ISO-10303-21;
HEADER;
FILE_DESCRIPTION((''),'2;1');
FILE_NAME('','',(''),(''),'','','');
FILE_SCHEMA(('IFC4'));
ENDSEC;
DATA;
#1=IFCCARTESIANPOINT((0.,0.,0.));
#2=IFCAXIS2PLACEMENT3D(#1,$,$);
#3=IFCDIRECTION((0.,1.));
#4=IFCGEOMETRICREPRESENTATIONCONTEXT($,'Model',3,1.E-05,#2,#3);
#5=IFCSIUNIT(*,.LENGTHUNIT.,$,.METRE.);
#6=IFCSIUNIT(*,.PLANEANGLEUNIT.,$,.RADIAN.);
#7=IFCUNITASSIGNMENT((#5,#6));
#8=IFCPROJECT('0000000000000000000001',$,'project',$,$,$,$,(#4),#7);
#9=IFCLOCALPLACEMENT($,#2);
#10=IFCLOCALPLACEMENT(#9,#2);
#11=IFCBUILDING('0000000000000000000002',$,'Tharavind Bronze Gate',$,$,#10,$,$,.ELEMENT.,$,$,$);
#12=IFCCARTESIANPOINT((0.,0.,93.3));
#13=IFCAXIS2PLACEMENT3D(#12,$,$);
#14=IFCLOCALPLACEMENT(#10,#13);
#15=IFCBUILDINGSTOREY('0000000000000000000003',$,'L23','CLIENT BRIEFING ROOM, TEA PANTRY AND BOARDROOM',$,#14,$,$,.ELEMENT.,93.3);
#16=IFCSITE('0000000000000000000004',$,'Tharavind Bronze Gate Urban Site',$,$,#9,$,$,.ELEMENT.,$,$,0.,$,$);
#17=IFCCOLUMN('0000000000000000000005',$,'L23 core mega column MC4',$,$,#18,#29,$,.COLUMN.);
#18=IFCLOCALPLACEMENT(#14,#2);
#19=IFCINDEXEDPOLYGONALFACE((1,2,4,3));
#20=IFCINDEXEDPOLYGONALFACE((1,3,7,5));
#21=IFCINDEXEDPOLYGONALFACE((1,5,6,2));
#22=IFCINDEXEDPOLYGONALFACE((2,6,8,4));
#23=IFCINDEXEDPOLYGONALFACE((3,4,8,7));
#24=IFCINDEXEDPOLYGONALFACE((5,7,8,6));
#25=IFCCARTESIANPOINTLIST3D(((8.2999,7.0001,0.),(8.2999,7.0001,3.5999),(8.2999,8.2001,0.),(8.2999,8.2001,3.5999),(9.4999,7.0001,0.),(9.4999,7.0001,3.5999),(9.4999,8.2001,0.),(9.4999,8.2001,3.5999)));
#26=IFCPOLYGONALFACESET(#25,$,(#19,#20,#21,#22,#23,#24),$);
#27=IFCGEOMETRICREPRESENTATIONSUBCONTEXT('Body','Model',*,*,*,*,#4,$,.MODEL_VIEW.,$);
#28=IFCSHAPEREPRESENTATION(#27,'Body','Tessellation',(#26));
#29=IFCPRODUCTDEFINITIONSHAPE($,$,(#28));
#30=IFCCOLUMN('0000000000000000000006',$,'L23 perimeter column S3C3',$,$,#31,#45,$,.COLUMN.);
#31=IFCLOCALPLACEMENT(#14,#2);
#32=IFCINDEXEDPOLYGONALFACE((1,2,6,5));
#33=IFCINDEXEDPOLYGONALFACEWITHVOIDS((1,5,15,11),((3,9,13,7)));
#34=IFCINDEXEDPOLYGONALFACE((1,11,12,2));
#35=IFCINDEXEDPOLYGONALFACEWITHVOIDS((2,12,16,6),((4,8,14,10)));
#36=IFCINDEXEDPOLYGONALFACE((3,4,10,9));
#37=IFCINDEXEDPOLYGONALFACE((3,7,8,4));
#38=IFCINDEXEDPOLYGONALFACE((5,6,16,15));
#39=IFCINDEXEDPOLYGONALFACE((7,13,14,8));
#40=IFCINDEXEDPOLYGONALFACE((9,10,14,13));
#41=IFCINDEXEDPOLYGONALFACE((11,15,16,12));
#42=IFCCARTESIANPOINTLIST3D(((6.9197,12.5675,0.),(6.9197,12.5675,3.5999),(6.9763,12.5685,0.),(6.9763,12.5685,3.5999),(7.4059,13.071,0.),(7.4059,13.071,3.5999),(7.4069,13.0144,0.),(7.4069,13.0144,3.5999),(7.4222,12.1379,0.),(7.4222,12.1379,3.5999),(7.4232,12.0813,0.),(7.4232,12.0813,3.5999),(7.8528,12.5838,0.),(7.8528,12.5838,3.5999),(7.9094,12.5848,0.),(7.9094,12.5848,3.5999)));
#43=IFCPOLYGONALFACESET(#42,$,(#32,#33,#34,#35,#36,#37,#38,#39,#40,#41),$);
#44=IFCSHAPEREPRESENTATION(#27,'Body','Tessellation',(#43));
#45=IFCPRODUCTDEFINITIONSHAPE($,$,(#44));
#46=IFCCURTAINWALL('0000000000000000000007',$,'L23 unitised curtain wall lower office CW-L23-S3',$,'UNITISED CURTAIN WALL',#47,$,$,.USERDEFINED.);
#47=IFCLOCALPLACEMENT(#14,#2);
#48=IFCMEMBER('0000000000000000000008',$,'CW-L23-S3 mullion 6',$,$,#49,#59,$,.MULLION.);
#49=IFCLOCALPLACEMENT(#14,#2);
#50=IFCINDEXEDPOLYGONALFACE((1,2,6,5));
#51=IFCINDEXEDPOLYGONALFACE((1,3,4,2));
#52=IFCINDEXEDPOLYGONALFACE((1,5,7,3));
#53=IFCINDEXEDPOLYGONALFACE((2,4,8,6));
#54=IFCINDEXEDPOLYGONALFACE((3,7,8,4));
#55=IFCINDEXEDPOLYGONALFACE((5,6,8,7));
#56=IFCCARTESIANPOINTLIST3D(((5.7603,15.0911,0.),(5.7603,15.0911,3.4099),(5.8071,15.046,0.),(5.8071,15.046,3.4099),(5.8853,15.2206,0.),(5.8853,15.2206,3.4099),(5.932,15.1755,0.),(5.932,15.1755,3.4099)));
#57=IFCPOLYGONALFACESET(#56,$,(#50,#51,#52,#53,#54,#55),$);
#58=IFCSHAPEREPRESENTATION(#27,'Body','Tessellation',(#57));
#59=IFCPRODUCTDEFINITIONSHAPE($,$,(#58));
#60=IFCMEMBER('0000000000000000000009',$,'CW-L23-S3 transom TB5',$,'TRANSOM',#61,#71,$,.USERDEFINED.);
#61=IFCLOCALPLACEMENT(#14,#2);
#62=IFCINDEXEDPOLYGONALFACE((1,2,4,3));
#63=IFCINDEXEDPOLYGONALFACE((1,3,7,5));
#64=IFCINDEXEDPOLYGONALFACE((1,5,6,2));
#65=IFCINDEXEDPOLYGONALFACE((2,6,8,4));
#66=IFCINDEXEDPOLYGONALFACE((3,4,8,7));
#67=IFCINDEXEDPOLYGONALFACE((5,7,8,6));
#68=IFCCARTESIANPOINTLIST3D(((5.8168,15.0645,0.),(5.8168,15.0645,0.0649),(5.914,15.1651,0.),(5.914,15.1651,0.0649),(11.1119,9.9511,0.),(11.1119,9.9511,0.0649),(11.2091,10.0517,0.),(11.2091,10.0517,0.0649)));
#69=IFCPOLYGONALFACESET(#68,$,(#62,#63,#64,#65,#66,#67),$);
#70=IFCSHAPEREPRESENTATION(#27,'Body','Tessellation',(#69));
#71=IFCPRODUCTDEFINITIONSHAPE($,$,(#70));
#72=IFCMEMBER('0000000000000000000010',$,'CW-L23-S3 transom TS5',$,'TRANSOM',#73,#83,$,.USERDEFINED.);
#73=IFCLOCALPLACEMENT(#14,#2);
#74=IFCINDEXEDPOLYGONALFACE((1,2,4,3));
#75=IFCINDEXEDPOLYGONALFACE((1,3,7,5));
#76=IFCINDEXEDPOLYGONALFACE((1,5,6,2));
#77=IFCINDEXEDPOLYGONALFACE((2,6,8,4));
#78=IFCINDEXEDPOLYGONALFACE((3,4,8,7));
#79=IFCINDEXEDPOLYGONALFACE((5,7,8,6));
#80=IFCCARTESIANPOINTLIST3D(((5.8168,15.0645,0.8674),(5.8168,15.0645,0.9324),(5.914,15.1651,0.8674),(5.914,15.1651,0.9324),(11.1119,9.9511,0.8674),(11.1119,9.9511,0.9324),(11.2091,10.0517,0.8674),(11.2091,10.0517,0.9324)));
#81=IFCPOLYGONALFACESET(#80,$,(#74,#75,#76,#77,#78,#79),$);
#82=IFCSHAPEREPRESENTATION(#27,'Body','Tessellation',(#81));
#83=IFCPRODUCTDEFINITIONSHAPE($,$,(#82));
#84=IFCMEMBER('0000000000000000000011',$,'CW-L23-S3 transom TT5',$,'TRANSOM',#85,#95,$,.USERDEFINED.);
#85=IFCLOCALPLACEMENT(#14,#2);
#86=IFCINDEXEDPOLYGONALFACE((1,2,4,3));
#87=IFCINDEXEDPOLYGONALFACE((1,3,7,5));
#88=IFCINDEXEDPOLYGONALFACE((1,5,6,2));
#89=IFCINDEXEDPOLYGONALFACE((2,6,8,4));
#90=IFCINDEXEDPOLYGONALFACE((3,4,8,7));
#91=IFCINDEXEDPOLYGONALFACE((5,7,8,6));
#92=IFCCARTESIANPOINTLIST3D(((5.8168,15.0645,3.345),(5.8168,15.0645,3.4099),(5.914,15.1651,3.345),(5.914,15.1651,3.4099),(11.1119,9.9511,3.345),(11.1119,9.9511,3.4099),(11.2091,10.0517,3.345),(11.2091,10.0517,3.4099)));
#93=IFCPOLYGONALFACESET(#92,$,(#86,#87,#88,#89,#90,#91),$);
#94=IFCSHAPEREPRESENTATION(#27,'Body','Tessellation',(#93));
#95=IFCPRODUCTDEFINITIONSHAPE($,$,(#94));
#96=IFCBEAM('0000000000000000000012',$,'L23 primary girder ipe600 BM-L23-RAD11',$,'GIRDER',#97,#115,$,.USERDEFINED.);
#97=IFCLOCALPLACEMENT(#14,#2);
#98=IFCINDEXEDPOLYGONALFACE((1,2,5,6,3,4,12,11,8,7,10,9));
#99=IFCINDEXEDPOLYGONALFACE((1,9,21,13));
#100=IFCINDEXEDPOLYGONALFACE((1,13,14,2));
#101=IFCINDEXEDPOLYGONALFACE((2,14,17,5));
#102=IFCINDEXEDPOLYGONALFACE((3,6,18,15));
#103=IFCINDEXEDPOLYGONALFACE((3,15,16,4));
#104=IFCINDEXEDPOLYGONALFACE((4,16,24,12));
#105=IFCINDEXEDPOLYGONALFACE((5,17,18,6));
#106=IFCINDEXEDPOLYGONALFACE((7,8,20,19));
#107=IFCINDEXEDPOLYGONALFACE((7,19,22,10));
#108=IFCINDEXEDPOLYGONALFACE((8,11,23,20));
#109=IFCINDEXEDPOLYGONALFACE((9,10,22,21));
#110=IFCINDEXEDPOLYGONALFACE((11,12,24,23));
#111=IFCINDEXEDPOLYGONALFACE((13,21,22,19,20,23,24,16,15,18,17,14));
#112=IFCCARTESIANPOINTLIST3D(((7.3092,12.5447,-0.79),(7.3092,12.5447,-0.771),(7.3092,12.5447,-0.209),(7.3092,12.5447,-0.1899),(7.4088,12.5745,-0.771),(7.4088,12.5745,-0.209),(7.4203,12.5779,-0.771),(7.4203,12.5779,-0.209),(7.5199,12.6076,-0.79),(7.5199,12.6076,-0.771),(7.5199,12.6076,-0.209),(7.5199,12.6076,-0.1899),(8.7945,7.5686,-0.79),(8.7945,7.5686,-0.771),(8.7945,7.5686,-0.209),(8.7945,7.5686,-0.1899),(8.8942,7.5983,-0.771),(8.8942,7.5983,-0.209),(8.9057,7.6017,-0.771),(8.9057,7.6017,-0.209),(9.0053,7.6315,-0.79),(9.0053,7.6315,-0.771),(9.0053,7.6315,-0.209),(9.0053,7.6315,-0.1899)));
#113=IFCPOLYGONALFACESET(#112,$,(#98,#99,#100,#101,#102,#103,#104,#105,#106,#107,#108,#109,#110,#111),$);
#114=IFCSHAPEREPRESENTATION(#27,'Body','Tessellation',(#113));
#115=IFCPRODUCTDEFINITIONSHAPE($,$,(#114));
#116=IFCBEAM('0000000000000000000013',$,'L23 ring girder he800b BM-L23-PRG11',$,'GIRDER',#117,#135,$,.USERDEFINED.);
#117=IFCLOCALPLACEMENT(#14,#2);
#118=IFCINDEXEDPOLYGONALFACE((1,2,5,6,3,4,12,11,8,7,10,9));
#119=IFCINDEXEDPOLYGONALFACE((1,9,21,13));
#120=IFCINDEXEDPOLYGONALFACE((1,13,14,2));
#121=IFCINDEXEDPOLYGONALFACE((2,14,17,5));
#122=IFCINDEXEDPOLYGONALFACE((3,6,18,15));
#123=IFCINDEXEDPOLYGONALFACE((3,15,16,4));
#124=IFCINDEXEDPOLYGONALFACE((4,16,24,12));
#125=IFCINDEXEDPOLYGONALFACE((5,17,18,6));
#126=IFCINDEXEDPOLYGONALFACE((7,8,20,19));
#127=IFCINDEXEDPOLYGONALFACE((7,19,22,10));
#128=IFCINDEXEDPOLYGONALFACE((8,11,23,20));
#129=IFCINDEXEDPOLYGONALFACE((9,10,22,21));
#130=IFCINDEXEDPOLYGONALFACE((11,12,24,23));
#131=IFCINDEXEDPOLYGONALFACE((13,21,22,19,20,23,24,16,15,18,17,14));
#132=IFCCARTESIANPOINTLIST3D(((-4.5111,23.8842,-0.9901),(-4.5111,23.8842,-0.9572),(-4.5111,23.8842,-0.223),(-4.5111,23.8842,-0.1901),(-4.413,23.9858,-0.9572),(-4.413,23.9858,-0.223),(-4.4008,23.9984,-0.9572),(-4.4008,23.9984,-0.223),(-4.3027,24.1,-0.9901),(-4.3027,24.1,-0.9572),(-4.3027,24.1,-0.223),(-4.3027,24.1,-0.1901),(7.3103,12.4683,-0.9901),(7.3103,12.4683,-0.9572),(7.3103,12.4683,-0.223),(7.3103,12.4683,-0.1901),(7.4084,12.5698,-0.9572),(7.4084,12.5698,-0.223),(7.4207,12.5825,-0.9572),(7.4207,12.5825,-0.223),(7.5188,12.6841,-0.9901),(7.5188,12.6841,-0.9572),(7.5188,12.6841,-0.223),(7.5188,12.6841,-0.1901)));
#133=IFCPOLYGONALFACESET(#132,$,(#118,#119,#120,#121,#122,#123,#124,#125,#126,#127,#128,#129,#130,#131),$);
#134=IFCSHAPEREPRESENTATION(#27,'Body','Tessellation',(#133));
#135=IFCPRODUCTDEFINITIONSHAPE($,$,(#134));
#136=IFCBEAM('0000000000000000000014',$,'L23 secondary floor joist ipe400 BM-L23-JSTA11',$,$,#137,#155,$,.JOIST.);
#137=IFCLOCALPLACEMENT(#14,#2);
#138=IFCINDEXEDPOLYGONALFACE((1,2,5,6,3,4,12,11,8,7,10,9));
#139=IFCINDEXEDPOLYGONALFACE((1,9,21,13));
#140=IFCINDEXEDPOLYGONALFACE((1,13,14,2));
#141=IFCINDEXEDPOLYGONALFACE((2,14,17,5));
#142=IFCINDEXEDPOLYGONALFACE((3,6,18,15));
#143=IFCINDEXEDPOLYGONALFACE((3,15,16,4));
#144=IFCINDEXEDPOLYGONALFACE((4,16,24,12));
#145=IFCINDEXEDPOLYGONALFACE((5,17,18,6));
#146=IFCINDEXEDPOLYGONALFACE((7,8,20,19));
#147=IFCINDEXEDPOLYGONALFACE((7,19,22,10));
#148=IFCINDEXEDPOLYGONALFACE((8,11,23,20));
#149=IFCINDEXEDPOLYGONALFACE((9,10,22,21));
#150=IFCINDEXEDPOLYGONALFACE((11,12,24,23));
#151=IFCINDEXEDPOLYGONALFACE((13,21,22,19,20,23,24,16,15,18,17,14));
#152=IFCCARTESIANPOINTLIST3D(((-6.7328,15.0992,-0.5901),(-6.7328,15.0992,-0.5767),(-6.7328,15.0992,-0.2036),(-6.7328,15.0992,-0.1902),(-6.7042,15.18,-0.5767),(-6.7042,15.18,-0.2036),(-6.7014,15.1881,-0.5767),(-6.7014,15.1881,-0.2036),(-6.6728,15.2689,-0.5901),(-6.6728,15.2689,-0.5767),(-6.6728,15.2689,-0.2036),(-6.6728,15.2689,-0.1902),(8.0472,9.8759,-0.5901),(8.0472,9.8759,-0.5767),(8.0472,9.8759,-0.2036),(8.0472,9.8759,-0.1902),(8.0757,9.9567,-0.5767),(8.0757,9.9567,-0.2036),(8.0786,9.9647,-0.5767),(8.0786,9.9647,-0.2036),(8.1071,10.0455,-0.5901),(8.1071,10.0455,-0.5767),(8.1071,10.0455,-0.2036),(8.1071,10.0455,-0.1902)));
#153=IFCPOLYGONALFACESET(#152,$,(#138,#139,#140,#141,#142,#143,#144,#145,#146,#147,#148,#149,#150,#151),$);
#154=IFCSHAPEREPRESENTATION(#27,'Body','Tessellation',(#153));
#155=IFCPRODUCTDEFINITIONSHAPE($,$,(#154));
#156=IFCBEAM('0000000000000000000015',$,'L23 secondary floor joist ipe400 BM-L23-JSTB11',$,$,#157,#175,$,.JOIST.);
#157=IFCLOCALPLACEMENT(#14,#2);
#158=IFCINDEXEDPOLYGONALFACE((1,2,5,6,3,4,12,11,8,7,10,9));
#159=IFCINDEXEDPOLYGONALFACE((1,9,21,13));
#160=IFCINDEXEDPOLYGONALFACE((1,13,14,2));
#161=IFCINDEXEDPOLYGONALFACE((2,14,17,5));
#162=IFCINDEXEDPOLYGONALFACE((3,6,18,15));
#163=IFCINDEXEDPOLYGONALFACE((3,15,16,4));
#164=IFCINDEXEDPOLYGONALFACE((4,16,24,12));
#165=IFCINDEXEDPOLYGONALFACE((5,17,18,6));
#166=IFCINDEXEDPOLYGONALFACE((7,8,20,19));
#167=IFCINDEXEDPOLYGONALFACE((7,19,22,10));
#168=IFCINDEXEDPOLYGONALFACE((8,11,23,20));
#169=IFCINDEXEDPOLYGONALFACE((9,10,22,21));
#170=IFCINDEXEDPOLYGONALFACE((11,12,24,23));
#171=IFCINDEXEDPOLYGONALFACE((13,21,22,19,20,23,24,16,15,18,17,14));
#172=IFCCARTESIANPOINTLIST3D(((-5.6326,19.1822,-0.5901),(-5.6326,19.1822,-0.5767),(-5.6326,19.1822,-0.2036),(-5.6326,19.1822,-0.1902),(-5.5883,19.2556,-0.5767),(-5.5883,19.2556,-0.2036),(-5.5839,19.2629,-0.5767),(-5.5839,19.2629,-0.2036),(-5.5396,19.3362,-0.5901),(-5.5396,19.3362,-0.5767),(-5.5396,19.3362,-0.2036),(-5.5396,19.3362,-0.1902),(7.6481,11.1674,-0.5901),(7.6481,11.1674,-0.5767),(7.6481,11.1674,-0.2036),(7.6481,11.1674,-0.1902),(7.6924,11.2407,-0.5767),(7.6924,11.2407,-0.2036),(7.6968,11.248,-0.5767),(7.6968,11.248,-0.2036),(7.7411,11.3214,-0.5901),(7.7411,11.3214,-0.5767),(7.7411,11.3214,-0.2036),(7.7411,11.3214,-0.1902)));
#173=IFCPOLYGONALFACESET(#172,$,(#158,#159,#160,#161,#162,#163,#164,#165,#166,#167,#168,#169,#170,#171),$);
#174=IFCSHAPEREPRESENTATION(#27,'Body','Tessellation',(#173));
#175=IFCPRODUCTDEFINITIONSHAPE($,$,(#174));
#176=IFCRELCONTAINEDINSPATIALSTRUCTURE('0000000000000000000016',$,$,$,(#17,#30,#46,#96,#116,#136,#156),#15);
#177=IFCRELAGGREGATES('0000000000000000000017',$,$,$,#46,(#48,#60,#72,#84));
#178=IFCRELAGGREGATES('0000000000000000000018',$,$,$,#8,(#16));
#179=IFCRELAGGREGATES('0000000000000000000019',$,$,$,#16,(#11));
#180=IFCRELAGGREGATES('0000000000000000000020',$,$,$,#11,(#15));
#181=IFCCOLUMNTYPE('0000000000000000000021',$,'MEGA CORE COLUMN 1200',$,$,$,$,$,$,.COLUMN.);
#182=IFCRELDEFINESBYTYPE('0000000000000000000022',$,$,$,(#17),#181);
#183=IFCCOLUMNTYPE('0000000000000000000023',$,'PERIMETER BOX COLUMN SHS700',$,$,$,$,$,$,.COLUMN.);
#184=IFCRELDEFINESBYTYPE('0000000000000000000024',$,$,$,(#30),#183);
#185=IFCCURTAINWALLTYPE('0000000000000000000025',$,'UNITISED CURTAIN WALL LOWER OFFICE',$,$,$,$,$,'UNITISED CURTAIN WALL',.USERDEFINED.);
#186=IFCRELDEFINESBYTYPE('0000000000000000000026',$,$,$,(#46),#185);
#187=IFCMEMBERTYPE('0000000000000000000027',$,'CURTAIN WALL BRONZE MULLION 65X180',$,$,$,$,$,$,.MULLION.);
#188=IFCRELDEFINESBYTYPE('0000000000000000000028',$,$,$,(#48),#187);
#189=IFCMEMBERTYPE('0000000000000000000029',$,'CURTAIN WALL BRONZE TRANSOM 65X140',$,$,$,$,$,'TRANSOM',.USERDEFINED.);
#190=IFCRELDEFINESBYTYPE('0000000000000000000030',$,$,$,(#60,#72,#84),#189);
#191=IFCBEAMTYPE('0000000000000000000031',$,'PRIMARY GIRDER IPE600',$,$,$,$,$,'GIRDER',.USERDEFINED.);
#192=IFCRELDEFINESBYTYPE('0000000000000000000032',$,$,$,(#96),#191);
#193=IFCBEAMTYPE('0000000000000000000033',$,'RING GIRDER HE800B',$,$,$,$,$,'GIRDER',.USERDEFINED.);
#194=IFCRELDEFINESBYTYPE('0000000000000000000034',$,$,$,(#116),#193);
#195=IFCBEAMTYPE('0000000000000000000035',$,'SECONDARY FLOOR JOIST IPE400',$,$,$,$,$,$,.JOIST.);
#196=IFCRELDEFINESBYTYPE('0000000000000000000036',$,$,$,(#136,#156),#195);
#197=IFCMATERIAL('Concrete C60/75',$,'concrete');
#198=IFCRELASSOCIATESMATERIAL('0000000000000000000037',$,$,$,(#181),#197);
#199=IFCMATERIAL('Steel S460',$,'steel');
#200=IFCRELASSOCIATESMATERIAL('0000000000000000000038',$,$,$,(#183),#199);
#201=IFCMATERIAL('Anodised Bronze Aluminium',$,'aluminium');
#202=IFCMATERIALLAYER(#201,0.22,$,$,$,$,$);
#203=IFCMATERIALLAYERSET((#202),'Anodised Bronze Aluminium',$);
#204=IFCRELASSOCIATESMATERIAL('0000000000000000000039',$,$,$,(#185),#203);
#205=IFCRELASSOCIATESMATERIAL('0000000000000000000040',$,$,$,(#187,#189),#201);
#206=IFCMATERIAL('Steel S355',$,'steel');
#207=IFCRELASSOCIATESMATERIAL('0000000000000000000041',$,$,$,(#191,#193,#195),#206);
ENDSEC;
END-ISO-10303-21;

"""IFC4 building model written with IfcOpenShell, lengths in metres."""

from ifc_helpers import new_model, si_unit, direction, frame, origin, origin_2d, place, context, subcontext, project, spatial, rectangle, hollow_rectangle, i_section, extrude, material, layer, layer_set, material_profile, profile_set, type_object, element, aggregate, save


model = new_model("IFC4")

# Units and contexts
model_context = context("Model", 3, precision=1e-05, world=origin(), true_north=direction((0.0, 1.0)))
body_context = subcontext(model_context, "Body", "Model", "MODEL_VIEW")
ifc_project = project(units=[si_unit("LENGTHUNIT", "METRE"), si_unit("PLANEANGLEUNIT", "RADIAN")], contexts=[model_context])

# Site, building, storey
site_placement = place(None, origin())
site = spatial("IfcSite", under=ifc_project, at=site_placement, Name="Tharavind Bronze Gate Urban Site", CompositionType="ELEMENT", RefElevation=0.0)
building_placement = place(site_placement, origin())
building = spatial("IfcBuilding", under=site, at=building_placement, Name="Tharavind Bronze Gate", CompositionType="ELEMENT")
storey_placement = place(building_placement, frame((0.0, 0.0, 93.3)))
storey = spatial("IfcBuildingStorey", under=building, at=storey_placement, Name="L23", Description="CLIENT BRIEFING ROOM, TEA PANTRY AND BOARDROOM", CompositionType="ELEMENT", Elevation=93.3)

# Columns
ifc_material_1 = material(Name="Concrete C60/75", Category="concrete")
ifc_material_profile_1 = material_profile(ifc_material_1, rectangle(XDim=1.2, YDim=1.2, at=origin_2d()), Name="RCCOL1200")
ifc_profile_set_1 = profile_set([ifc_material_profile_1], Name="Concrete C60/75")
column_type_1 = type_object("IfcColumnType", Name="MEGA CORE COLUMN 1200", PredefinedType="COLUMN", material=ifc_profile_set_1)
column_1_placement = place(storey_placement, frame((8.8999, 7.6001, 0.0), z_axis=(0.0, 0.0, 1.0), x_axis=(1.0, 0.0, 0.0)))
element("IfcColumn", 1, at=column_1_placement, inside=storey, type_object=column_type_1, Name="L23 core mega column MC4", PredefinedType="COLUMN", context=body_context, shape_type="SweptSolid", body=[
    extrude(rectangle(XDim=1.2, YDim=1.2, at=origin_2d()), origin(), (0.0, 0.0, 1.0), 3.5999),
])
ifc_material_2 = material(Name="Steel S460", Category="steel")
ifc_material_profile_2 = material_profile(ifc_material_2, hollow_rectangle(XDim=0.7, YDim=0.7, WallThickness=0.04, at=origin_2d()), Name="SHS700X40")
ifc_profile_set_2 = profile_set([ifc_material_profile_2], Name="Steel S460")
column_type_2 = type_object("IfcColumnType", Name="PERIMETER BOX COLUMN SHS700", PredefinedType="COLUMN", material=ifc_profile_set_2)
column_2_placement = place(storey_placement, frame((7.4146, 12.5762, 0.0), z_axis=(0.0, 0.0, 1.0), x_axis=(-0.71934, 0.694658, 0.0)))
element("IfcColumn", 2, at=column_2_placement, inside=storey, type_object=column_type_2, Name="L23 perimeter column S3C3", PredefinedType="COLUMN", context=body_context, shape_type="SweptSolid", body=[
    extrude(hollow_rectangle(XDim=0.7, YDim=0.7, WallThickness=0.04, at=origin_2d()), origin(), (0.0, 0.0, 1.0), 3.5999),
])

# Curtain wall, members
ifc_material_3 = material(Name="Anodised Bronze Aluminium", Category="aluminium")
ifc_layer_1 = layer(ifc_material_3, 0.22)
ifc_layer_set_1 = layer_set([ifc_layer_1], Name="Anodised Bronze Aluminium")
curtain_wall_type = type_object("IfcCurtainWallType", Name="UNITISED CURTAIN WALL LOWER OFFICE", ElementType="UNITISED CURTAIN WALL", PredefinedType="USERDEFINED", material=ifc_layer_set_1)
curtain_wall_placement = place(storey_placement, origin())
curtain_wall = element("IfcCurtainWall", 3, at=curtain_wall_placement, inside=storey, type_object=curtain_wall_type, Name="L23 unitised curtain wall lower office CW-L23-S3", ObjectType="UNITISED CURTAIN WALL", PredefinedType="USERDEFINED")
member_type_1 = type_object("IfcMemberType", Name="CURTAIN WALL BRONZE MULLION 65X180", PredefinedType="MULLION", material=ifc_material_3)
member_1_placement = place(storey_placement, frame((5.8462, 15.1333, 0.0), z_axis=(0.0, 0.0, 1.0), x_axis=(-0.719341, 0.694657, 0.0)))
member_1 = element("IfcMember", 4, at=member_1_placement, type_object=member_type_1, Name="CW-L23-S3 mullion 6", PredefinedType="MULLION", context=body_context, shape_type="SweptSolid", body=[
    extrude(rectangle(XDim=0.0649, YDim=0.1799, at=origin_2d()), origin(), (0.0, 0.0, 1.0), 3.4099),
])
member_type_2 = type_object("IfcMemberType", Name="CURTAIN WALL BRONZE TRANSOM 65X140", ElementType="TRANSOM", PredefinedType="USERDEFINED", material=ifc_material_3)
member_2_placement = place(storey_placement, frame((8.5129, 12.5581, 0.0), z_axis=(0.0, 0.0, 1.0), x_axis=(-0.719341, 0.694657, 0.0)))
member_2 = element("IfcMember", 5, at=member_2_placement, type_object=member_type_2, Name="CW-L23-S3 transom TB5", ObjectType="TRANSOM", PredefinedType="USERDEFINED", context=body_context, shape_type="SweptSolid", body=[
    extrude(rectangle(XDim=7.3611, YDim=0.1399, at=origin_2d()), origin(), (0.0, 0.0, 1.0), 0.0649),
])
member_3_placement = place(storey_placement, frame((8.5129, 12.5581, 0.8674), z_axis=(0.0, 0.0, 1.0), x_axis=(-0.719341, 0.694657, 0.0)))
member_3 = element("IfcMember", 6, at=member_3_placement, type_object=member_type_2, Name="CW-L23-S3 transom TS5", ObjectType="TRANSOM", PredefinedType="USERDEFINED", context=body_context, shape_type="SweptSolid", body=[
    extrude(rectangle(XDim=7.3611, YDim=0.1399, at=origin_2d()), origin(), (0.0, 0.0, 1.0), 0.0649),
])
member_4_placement = place(storey_placement, frame((8.5129, 12.5581, 3.345), z_axis=(0.0, 0.0, 1.0), x_axis=(-0.719341, 0.694657, 0.0)))
member_4 = element("IfcMember", 7, at=member_4_placement, type_object=member_type_2, Name="CW-L23-S3 transom TT5", ObjectType="TRANSOM", PredefinedType="USERDEFINED", context=body_context, shape_type="SweptSolid", body=[
    extrude(rectangle(XDim=7.3611, YDim=0.1399, at=origin_2d()), origin(), (0.0, 0.0, 1.0), 0.0649),
])

# Beams
ifc_material_4 = material(Name="Steel S355", Category="steel")
ifc_material_profile_3 = material_profile(ifc_material_4, i_section(OverallWidth=0.22, OverallDepth=0.6001, WebThickness=0.012, FlangeThickness=0.019, at=origin_2d()), Name="IPE600")
ifc_profile_set_3 = profile_set([ifc_material_profile_3], Name="Steel S355")
beam_type_1 = type_object("IfcBeamType", Name="PRIMARY GIRDER IPE600", ElementType="GIRDER", PredefinedType="USERDEFINED", material=ifc_profile_set_3)
beam_1_placement = place(storey_placement, frame((7.4146, 12.5762, -0.49), z_axis=(0.286028, -0.958221, 0.0), x_axis=(0.958221, 0.286028, 0.0)))
element("IfcBeam", 8, at=beam_1_placement, inside=storey, type_object=beam_type_1, Name="L23 primary girder ipe600 BM-L23-RAD11", ObjectType="GIRDER", PredefinedType="USERDEFINED", context=body_context, shape_type="SweptSolid", body=[
    extrude(i_section(OverallWidth=0.22, OverallDepth=0.6001, WebThickness=0.012, FlangeThickness=0.019, at=origin_2d()), origin(), (0.0, 0.0, 1.0), 5.1931),
])
ifc_material_profile_4 = material_profile(ifc_material_4, i_section(OverallWidth=0.3, OverallDepth=0.8, WebThickness=0.0176, FlangeThickness=0.033, at=origin_2d()), Name="HE800B")
ifc_profile_set_4 = profile_set([ifc_material_profile_4], Name="Steel S355")
beam_type_2 = type_object("IfcBeamType", Name="RING GIRDER HE800B", ElementType="GIRDER", PredefinedType="USERDEFINED", material=ifc_profile_set_4)
beam_2_placement = place(storey_placement, frame((7.4146, 12.5762, -0.5901), z_axis=(-0.719337, 0.694661, 0.0), x_axis=(-0.694661, -0.719337, 0.0)))
element("IfcBeam", 9, at=beam_2_placement, inside=storey, type_object=beam_type_2, Name="L23 ring girder he800b BM-L23-PRG11", ObjectType="GIRDER", PredefinedType="USERDEFINED", context=body_context, shape_type="SweptSolid", body=[
    extrude(i_section(OverallWidth=0.3, OverallDepth=0.8, WebThickness=0.0176, FlangeThickness=0.033, at=origin_2d()), origin(), (0.0, 0.0, 1.0), 16.4338),
])
ifc_material_profile_5 = material_profile(ifc_material_4, i_section(OverallWidth=0.1799, OverallDepth=0.3999, WebThickness=0.0085, FlangeThickness=0.0134, at=origin_2d()), Name="IPE400")
ifc_profile_set_5 = profile_set([ifc_material_profile_5], Name="Steel S355")
beam_type_3 = type_object("IfcBeamType", Name="SECONDARY FLOOR JOIST IPE400", PredefinedType="JOIST", material=ifc_profile_set_5)
beam_3_placement = place(storey_placement, frame((8.0771, 9.9607, -0.3901), z_axis=(-0.942852, 0.333212, 0.0), x_axis=(-0.333212, -0.942852, 0.0)))
element("IfcBeam", 10, at=beam_3_placement, inside=storey, type_object=beam_type_3, Name="L23 secondary floor joist ipe400 BM-L23-JSTA11", PredefinedType="JOIST", context=body_context, shape_type="SweptSolid", body=[
    extrude(i_section(OverallWidth=0.1799, OverallDepth=0.3999, WebThickness=0.0085, FlangeThickness=0.0134, at=origin_2d()), origin(), (0.0, 0.0, 1.0), 15.6758),
])
beam_4_placement = place(storey_placement, frame((7.6946, 11.2444, -0.3901), z_axis=(-0.856169, 0.516695, 0.0), x_axis=(-0.516695, -0.856169, 0.0)))
element("IfcBeam", 11, at=beam_4_placement, inside=storey, type_object=beam_type_3, Name="L23 secondary floor joist ipe400 BM-L23-JSTB11", PredefinedType="JOIST", context=body_context, shape_type="SweptSolid", body=[
    extrude(i_section(OverallWidth=0.1799, OverallDepth=0.3999, WebThickness=0.0085, FlangeThickness=0.0134, at=origin_2d()), origin(), (0.0, 0.0, 1.0), 15.5117),
])

aggregate(curtain_wall, [member_1, member_2, member_3, member_4])

save(model, "model.ifc")
